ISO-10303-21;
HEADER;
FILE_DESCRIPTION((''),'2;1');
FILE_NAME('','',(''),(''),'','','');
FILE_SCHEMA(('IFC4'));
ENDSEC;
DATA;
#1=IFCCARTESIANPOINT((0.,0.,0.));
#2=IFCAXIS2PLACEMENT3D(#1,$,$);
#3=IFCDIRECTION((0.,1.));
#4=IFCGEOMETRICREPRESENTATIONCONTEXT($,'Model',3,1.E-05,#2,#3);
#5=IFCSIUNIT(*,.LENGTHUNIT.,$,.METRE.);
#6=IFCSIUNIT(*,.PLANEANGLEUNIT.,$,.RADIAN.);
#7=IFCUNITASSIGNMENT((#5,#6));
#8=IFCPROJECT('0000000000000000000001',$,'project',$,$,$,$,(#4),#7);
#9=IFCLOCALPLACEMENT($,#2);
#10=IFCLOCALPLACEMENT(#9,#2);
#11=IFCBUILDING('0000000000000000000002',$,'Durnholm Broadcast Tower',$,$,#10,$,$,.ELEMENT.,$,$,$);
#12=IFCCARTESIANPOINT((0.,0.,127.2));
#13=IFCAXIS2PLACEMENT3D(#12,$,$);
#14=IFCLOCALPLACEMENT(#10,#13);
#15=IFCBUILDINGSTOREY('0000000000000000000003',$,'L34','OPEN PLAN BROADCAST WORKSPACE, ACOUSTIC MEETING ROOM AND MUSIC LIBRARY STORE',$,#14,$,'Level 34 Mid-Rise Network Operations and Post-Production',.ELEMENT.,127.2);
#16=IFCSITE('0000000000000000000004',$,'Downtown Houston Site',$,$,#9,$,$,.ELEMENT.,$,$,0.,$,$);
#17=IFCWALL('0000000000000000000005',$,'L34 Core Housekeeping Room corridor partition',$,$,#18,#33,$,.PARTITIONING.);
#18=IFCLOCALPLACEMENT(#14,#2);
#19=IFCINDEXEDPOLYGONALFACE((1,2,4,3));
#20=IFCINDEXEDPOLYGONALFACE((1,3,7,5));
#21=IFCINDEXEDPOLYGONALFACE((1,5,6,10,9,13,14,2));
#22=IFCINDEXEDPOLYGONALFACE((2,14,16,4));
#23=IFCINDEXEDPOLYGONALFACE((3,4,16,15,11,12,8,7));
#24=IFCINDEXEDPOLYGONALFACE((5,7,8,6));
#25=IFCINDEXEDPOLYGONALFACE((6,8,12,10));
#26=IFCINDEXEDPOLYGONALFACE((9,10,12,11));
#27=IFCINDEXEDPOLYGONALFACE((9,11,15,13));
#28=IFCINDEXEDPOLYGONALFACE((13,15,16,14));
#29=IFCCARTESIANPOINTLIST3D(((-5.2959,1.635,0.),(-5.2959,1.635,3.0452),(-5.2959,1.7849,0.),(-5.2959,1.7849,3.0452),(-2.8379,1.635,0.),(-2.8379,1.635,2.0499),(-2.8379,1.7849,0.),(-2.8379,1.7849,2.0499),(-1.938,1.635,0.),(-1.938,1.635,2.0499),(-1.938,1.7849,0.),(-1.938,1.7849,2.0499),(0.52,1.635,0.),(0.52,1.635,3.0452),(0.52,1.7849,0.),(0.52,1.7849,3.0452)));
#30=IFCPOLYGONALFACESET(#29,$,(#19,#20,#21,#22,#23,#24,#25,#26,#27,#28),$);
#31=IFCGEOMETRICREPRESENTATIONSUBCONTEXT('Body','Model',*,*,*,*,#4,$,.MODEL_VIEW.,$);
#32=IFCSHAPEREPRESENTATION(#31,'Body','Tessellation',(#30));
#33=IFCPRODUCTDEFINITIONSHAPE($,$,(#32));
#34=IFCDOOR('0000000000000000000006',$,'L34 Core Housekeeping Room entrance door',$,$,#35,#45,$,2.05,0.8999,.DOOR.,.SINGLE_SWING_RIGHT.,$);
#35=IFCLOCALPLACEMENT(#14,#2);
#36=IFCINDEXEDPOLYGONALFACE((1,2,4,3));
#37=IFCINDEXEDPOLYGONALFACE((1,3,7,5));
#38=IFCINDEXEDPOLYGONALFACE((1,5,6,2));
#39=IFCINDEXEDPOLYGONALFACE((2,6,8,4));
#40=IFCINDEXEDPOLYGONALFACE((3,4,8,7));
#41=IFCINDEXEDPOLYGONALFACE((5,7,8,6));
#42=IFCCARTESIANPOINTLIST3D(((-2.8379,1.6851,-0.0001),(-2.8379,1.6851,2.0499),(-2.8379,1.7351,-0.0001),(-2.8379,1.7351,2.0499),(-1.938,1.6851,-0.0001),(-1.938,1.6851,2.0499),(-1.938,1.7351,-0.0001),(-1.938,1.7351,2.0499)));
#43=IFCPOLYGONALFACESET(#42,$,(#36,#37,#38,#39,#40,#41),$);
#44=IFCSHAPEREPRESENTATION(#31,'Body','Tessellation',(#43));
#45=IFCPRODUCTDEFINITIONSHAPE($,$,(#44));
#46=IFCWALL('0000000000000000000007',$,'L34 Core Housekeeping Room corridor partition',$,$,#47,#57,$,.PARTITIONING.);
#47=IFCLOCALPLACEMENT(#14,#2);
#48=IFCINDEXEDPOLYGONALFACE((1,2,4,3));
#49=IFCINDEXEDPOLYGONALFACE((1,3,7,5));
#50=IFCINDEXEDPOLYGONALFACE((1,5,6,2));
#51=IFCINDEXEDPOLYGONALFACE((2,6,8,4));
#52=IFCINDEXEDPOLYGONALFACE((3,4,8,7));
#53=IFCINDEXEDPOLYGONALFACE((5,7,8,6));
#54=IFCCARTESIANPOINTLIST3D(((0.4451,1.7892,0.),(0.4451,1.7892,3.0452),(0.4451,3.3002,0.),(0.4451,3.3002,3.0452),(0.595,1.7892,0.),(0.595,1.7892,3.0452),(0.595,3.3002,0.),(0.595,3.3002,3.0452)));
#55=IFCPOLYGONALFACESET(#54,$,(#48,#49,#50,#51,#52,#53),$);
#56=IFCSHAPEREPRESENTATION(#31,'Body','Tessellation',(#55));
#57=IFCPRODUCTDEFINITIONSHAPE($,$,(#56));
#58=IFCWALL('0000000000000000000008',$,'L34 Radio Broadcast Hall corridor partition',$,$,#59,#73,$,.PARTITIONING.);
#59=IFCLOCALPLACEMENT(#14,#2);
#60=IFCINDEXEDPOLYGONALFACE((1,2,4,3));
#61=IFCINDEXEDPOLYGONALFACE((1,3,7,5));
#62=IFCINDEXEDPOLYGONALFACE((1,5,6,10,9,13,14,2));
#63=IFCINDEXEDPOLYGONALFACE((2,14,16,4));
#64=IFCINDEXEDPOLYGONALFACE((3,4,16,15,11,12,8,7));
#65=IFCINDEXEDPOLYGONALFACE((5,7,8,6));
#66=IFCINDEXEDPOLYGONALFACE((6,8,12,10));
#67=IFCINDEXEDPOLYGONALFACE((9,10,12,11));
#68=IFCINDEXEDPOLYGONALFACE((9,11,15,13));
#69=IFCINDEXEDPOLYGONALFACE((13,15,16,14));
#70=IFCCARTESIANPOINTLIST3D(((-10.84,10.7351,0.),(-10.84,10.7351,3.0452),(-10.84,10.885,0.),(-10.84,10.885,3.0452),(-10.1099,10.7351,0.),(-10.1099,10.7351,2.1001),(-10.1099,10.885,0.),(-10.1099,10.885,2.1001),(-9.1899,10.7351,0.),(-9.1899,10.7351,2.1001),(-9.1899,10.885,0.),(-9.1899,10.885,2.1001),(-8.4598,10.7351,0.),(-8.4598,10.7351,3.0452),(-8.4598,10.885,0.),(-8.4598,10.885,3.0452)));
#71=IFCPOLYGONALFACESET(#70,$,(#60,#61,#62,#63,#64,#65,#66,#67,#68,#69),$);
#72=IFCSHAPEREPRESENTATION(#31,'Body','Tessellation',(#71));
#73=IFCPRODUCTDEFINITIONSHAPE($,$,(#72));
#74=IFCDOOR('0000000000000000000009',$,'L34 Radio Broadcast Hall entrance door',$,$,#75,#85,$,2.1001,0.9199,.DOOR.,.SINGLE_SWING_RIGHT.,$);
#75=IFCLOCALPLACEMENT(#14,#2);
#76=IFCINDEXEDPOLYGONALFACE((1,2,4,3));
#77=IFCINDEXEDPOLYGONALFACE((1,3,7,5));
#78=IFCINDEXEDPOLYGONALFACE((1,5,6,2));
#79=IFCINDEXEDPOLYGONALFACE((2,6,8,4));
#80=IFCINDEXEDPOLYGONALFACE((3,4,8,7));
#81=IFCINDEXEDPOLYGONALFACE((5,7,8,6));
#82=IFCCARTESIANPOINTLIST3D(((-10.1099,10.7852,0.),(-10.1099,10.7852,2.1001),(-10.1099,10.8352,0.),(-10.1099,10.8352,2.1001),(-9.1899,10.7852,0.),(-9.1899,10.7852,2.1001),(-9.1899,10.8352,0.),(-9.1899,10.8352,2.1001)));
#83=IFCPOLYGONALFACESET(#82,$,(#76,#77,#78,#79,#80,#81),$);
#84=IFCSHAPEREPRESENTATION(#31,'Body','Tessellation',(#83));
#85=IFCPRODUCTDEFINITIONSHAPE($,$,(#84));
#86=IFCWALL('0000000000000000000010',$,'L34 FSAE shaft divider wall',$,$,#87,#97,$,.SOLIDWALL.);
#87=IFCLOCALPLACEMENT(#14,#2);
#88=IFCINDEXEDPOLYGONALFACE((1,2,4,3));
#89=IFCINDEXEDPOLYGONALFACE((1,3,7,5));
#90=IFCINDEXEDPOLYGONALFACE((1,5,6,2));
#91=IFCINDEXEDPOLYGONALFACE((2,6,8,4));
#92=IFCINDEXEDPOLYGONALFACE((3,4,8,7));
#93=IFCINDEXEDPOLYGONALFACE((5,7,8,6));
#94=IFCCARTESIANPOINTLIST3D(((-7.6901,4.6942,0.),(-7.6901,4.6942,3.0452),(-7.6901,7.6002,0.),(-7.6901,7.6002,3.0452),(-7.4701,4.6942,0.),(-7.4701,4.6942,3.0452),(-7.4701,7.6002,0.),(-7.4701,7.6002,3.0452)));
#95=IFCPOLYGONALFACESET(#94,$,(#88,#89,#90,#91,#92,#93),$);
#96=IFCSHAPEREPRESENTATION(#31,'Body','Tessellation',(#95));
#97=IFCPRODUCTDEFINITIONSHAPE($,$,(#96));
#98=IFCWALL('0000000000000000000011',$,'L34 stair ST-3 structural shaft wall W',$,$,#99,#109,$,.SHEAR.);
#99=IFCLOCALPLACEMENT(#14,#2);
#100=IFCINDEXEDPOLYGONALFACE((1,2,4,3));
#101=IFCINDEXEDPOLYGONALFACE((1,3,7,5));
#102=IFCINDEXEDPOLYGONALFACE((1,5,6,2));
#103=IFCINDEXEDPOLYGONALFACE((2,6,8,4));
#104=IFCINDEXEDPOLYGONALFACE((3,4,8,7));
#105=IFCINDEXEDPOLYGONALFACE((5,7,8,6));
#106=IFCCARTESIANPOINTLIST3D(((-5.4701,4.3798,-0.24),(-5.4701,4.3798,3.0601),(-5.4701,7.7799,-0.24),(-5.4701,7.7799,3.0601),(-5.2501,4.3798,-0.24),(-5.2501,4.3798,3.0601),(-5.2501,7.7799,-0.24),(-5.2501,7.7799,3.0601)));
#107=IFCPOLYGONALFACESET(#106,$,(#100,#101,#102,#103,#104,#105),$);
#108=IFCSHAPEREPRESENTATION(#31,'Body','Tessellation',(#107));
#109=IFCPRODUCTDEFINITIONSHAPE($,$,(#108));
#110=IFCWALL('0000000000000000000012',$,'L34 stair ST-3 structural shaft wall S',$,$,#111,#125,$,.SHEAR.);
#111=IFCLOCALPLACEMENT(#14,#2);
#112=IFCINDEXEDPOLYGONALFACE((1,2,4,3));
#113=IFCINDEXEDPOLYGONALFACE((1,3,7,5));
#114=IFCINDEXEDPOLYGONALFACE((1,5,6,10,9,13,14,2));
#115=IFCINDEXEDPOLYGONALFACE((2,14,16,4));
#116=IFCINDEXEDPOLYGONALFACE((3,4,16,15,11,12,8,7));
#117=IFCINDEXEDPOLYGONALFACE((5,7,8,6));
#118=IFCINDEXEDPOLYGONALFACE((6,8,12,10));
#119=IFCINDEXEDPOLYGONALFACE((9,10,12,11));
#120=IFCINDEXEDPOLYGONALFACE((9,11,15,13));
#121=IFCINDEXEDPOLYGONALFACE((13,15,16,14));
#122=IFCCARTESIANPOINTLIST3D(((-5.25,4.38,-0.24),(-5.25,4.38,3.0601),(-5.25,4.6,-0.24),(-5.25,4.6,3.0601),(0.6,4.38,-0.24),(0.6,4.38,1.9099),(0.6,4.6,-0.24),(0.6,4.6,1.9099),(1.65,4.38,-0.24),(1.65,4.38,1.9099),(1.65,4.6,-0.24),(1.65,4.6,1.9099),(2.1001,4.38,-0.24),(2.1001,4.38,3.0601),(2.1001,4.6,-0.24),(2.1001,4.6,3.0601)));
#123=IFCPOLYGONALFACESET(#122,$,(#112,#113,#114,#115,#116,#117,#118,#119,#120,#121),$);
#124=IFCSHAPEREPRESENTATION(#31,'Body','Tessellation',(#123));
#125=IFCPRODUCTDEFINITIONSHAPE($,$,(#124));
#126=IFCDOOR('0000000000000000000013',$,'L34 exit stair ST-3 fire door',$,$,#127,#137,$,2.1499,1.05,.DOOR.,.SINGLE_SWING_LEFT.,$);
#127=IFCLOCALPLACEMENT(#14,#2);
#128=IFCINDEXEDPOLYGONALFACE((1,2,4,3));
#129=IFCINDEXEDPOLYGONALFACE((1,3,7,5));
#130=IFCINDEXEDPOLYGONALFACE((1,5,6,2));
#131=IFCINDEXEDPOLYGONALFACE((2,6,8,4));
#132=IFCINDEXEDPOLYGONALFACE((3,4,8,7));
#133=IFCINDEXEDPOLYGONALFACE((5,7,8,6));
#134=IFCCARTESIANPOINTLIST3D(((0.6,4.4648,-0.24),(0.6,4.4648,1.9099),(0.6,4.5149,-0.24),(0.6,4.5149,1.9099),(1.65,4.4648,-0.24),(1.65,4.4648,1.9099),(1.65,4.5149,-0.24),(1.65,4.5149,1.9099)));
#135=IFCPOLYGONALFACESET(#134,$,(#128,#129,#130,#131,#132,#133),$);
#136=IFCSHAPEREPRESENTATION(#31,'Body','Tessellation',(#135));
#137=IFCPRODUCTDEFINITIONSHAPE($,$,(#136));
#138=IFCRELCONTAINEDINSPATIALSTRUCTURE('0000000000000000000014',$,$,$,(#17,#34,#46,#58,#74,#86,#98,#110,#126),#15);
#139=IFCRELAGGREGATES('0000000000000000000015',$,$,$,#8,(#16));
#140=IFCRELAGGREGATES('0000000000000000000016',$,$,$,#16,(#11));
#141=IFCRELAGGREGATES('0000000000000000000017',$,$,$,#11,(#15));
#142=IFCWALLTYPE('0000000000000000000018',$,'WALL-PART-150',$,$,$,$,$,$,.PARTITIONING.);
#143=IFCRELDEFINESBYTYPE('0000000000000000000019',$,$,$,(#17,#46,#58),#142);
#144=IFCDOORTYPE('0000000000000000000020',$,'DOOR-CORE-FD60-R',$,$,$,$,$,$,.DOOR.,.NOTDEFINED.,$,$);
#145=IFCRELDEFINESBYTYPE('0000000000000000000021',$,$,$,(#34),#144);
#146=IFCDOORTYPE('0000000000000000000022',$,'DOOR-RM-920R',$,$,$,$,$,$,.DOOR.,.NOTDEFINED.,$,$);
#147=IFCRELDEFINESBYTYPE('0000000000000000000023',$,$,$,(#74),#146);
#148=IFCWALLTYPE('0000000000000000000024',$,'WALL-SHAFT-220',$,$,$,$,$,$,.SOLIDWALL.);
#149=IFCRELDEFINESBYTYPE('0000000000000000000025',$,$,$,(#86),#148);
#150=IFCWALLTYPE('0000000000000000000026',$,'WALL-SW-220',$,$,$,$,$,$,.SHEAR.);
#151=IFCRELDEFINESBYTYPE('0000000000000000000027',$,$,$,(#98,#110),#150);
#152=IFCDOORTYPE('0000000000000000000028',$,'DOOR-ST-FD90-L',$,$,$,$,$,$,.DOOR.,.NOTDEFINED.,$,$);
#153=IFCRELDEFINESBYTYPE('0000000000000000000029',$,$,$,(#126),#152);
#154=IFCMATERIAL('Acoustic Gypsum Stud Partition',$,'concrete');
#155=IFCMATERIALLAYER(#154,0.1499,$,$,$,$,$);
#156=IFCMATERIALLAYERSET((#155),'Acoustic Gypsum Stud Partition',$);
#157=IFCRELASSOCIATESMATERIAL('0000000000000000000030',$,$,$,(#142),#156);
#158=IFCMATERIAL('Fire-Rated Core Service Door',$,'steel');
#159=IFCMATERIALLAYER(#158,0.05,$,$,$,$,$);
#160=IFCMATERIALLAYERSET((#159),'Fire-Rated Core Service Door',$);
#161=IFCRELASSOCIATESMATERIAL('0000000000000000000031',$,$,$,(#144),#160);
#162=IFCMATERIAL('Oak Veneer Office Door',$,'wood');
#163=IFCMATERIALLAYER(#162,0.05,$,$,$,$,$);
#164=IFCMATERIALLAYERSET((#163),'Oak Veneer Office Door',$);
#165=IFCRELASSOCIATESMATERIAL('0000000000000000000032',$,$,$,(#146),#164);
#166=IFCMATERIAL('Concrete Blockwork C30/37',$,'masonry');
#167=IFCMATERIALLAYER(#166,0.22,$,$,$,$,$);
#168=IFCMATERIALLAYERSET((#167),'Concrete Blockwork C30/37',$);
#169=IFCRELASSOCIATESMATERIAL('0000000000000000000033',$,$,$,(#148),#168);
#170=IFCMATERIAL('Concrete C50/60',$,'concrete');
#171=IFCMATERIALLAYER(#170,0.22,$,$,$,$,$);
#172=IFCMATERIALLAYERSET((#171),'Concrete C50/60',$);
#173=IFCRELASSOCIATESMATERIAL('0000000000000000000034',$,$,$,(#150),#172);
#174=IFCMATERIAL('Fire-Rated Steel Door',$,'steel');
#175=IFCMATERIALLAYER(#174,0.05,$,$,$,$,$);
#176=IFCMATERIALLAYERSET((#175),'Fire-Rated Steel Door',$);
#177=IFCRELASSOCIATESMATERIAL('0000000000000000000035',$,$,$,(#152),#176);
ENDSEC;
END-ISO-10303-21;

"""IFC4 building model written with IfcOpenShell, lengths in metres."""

from ifc_helpers import new_model, si_unit, direction, frame, frame_2d, origin, place, context, subcontext, project, spatial, rectangle, extrude, source, transform, mapped, material, layer, layer_set, type_object, type_shapes, element, fill, save


model = new_model("IFC4")

# Units and contexts
model_context = context("Model", 3, precision=1e-05, world=origin(), true_north=direction((0.0, 1.0)))
body_context = subcontext(model_context, "Body", "Model", "MODEL_VIEW")
ifc_project = project(units=[si_unit("LENGTHUNIT", "METRE"), si_unit("PLANEANGLEUNIT", "RADIAN")], contexts=[model_context])

# Site, building, storey
site_placement = place(None, origin())
site = spatial("IfcSite", under=ifc_project, at=site_placement, Name="Downtown Houston Site", CompositionType="ELEMENT", RefElevation=0.0)
building_placement = place(site_placement, origin())
building = spatial("IfcBuilding", under=site, at=building_placement, Name="Durnholm Broadcast Tower", CompositionType="ELEMENT")
storey_placement = place(building_placement, frame((0.0, 0.0, 127.2)))
storey = spatial("IfcBuildingStorey", under=building, at=storey_placement, Name="L34", Description="OPEN PLAN BROADCAST WORKSPACE, ACOUSTIC MEETING ROOM AND MUSIC LIBRARY STORE", LongName="Level 34 Mid-Rise Network Operations and Post-Production", CompositionType="ELEMENT", Elevation=127.2)

# Wall, opening, door
ifc_material_1 = material(Name="Acoustic Gypsum Stud Partition", Category="concrete")
ifc_layer_1 = layer(ifc_material_1, 0.1499)
ifc_layer_set_1 = layer_set([ifc_layer_1], Name="Acoustic Gypsum Stud Partition")
wall_type_1 = type_object("IfcWallType", Name="WALL-PART-150", PredefinedType="PARTITIONING", material=ifc_layer_set_1)
wall_1_placement = place(storey_placement, frame((0.52, 1.71, 0.0), z_axis=(0.0, 0.0, 1.0), x_axis=(-1.0, 0.0, 0.0)))
wall_1 = element("IfcWall", 1, at=wall_1_placement, inside=storey, type_object=wall_type_1, Name="L34 Core Housekeeping Room corridor partition", PredefinedType="PARTITIONING", context=body_context, shape_type="SweptSolid", body=[
    extrude(rectangle(XDim=5.8159, YDim=0.1499, at=frame_2d((2.908, 0.0))), origin(), (0.0, 0.0, 1.0), 3.0452),
])
opening_1_placement = place(wall_1_placement, frame((2.458, 0.0, 0.0)))
opening_1 = element("IfcOpeningElement", 2, at=opening_1_placement, cuts=wall_1, PredefinedType="OPENING", context=body_context, shape_type="SweptSolid", body=[
    extrude(rectangle(XDim=0.8999, YDim=2.05, at=frame_2d((0.45, 1.0249))), frame((0.0, 0.085, 0.0), z_axis=(0.0, -1.0, 0.0), x_axis=(1.0, 0.0, 0.0)), (0.0, 0.0, 1.0), 0.1699),
])
ifc_material_2 = material(Name="Fire-Rated Core Service Door", Category="steel")
ifc_layer_2 = layer(ifc_material_2, 0.05)
ifc_layer_set_2 = layer_set([ifc_layer_2], Name="Fire-Rated Core Service Door")
door_type_1 = type_object("IfcDoorType", Name="DOOR-CORE-FD60-R", OperationType="NOTDEFINED", PredefinedType="DOOR", material=ifc_layer_set_2)
shared_shape_1 = source(origin(), body_context, "Body", "SweptSolid", [
    extrude(rectangle(XDim=0.8999, YDim=2.05, at=frame_2d((0.45, 1.0249))), frame((0.0, 0.0249, 0.0), z_axis=(0.0, -1.0, 0.0), x_axis=(1.0, 0.0, 0.0)), (0.0, 0.0, 1.0), 0.05),
])
type_shapes(door_type_1, [shared_shape_1])
door_1_placement = place(opening_1_placement, origin())
door_1 = element("IfcDoor", 3, at=door_1_placement, inside=storey, type_object=door_type_1, Name="L34 Core Housekeeping Room entrance door", OperationType="SINGLE_SWING_RIGHT", OverallHeight=2.05, OverallWidth=0.8999, PredefinedType="DOOR", context=body_context, shape_type="MappedRepresentation", body=[
    mapped(shared_shape_1, transform((0.0, 0.0, 0.0), x_axis=(1.0, 0.0, 0.0), y_axis=(0.0, 1.0, 0.0), z_axis=(0.0, 0.0, 1.0), scale=1.0)),
])
fill(opening_1, door_1)

# Wall
wall_2_placement = place(storey_placement, frame((0.52, 3.3, 0.0), z_axis=(0.0, 0.0, 1.0), x_axis=(0.0, -1.0, 0.0)))
element("IfcWall", 4, at=wall_2_placement, inside=storey, type_object=wall_type_1, Name="L34 Core Housekeeping Room corridor partition", PredefinedType="PARTITIONING", context=body_context, shape_type="SweptSolid", body=[
    extrude(rectangle(XDim=1.511, YDim=0.1499, at=frame_2d((0.7554, 0.0))), origin(), (0.0, 0.0, 1.0), 3.0452),
])

# Wall, opening, door
wall_3_placement = place(storey_placement, frame((-8.46, 10.8101, 0.0), z_axis=(0.0, 0.0, 1.0), x_axis=(-1.0, 0.0, 0.0)))
wall_3 = element("IfcWall", 5, at=wall_3_placement, inside=storey, type_object=wall_type_1, Name="L34 Radio Broadcast Hall corridor partition", PredefinedType="PARTITIONING", context=body_context, shape_type="SweptSolid", body=[
    extrude(rectangle(XDim=2.3801, YDim=0.1499, at=frame_2d((1.1899, 0.0))), origin(), (0.0, 0.0, 1.0), 3.0452),
])
opening_2_placement = place(wall_3_placement, frame((0.73, 0.0, 0.0)))
opening_2 = element("IfcOpeningElement", 6, at=opening_2_placement, cuts=wall_3, PredefinedType="OPENING", context=body_context, shape_type="SweptSolid", body=[
    extrude(rectangle(XDim=0.9199, YDim=2.1001, at=frame_2d((0.46, 1.05))), frame((0.0, 0.085, 0.0), z_axis=(0.0, -1.0, 0.0), x_axis=(1.0, 0.0, 0.0)), (0.0, 0.0, 1.0), 0.1699),
])
ifc_material_3 = material(Name="Oak Veneer Office Door", Category="wood")
ifc_layer_3 = layer(ifc_material_3, 0.05)
ifc_layer_set_3 = layer_set([ifc_layer_3], Name="Oak Veneer Office Door")
door_type_2 = type_object("IfcDoorType", Name="DOOR-RM-920R", OperationType="NOTDEFINED", PredefinedType="DOOR", material=ifc_layer_set_3)
shared_shape_2 = source(origin(), body_context, "Body", "SweptSolid", [
    extrude(rectangle(XDim=0.9199, YDim=2.1001, at=frame_2d((0.46, 1.05))), frame((0.0, 0.0249, 0.0), z_axis=(0.0, -1.0, 0.0), x_axis=(1.0, 0.0, 0.0)), (0.0, 0.0, 1.0), 0.05),
])
type_shapes(door_type_2, [shared_shape_2])
door_2_placement = place(opening_2_placement, origin())
door_2 = element("IfcDoor", 7, at=door_2_placement, inside=storey, type_object=door_type_2, Name="L34 Radio Broadcast Hall entrance door", OperationType="SINGLE_SWING_RIGHT", OverallHeight=2.1001, OverallWidth=0.9199, PredefinedType="DOOR", context=body_context, shape_type="MappedRepresentation", body=[
    mapped(shared_shape_2, transform((0.0, 0.0, 0.0), x_axis=(1.0, 0.0, 0.0), y_axis=(0.0, 1.0, 0.0), z_axis=(0.0, 0.0, 1.0), scale=1.0)),
])
fill(opening_2, door_2)

# Shared definitions
ifc_material_4 = material(Name="Concrete Blockwork C30/37", Category="masonry")
ifc_layer_4 = layer(ifc_material_4, 0.22)
ifc_layer_set_4 = layer_set([ifc_layer_4], Name="Concrete Blockwork C30/37")
wall_type_2 = type_object("IfcWallType", Name="WALL-SHAFT-220", PredefinedType="SOLIDWALL", material=ifc_layer_set_4)

# Walls
wall_4_placement = place(storey_placement, frame((-7.5801, 4.6941, 0.0), z_axis=(0.0, 0.0, 1.0), x_axis=(0.0, 1.0, 0.0)))
element("IfcWall", 8, at=wall_4_placement, inside=storey, type_object=wall_type_2, Name="L34 FSAE shaft divider wall", PredefinedType="SOLIDWALL", context=body_context, shape_type="SweptSolid", body=[
    extrude(rectangle(XDim=2.906, YDim=0.22, at=frame_2d((1.4531, 0.0))), origin(), (0.0, 0.0, 1.0), 3.0452),
])
ifc_material_5 = material(Name="Concrete C50/60", Category="concrete")
ifc_layer_5 = layer(ifc_material_5, 0.22)
ifc_layer_set_5 = layer_set([ifc_layer_5], Name="Concrete C50/60")
wall_type_3 = type_object("IfcWallType", Name="WALL-SW-220", PredefinedType="SHEAR", material=ifc_layer_set_5)
wall_5_placement = place(storey_placement, frame((-5.3601, 7.78, -0.24), z_axis=(0.0, 0.0, 1.0), x_axis=(0.0, -1.0, 0.0)))
element("IfcWall", 9, at=wall_5_placement, inside=storey, type_object=wall_type_3, Name="L34 stair ST-3 structural shaft wall W", PredefinedType="SHEAR", context=body_context, shape_type="SweptSolid", body=[
    extrude(rectangle(XDim=3.4001, YDim=0.22, at=frame_2d((1.7002, 0.0))), origin(), (0.0, 0.0, 1.0), 3.3),
])

# Wall, opening, door
wall_6_placement = place(storey_placement, frame((-5.25, 4.49, -0.24), z_axis=(0.0, 0.0, 1.0), x_axis=(1.0, 0.0, 0.0)))
wall_6 = element("IfcWall", 10, at=wall_6_placement, inside=storey, type_object=wall_type_3, Name="L34 stair ST-3 structural shaft wall S", PredefinedType="SHEAR", context=body_context, shape_type="SweptSolid", body=[
    extrude(rectangle(XDim=7.3501, YDim=0.22, at=frame_2d((3.675, 0.0))), origin(), (0.0, 0.0, 1.0), 3.3),
])
opening_3_placement = place(wall_6_placement, frame((5.8501, 0.0, 0.0)))
opening_3 = element("IfcOpeningElement", 11, at=opening_3_placement, cuts=wall_6, PredefinedType="OPENING", context=body_context, shape_type="SweptSolid", body=[
    extrude(rectangle(XDim=1.05, YDim=2.1499, at=frame_2d((0.5249, 1.075))), frame((0.0, 0.1201, 0.0), z_axis=(0.0, -1.0, 0.0), x_axis=(1.0, 0.0, 0.0)), (0.0, 0.0, 1.0), 0.24),
])
ifc_material_6 = material(Name="Fire-Rated Steel Door", Category="steel")
ifc_layer_6 = layer(ifc_material_6, 0.05)
ifc_layer_set_6 = layer_set([ifc_layer_6], Name="Fire-Rated Steel Door")
door_type_3 = type_object("IfcDoorType", Name="DOOR-ST-FD90-L", OperationType="NOTDEFINED", PredefinedType="DOOR", material=ifc_layer_set_6)
shared_shape_3 = source(origin(), body_context, "Body", "SweptSolid", [
    extrude(rectangle(XDim=1.05, YDim=2.1499, at=frame_2d((0.5249, 1.075))), frame((0.0, 0.0249, 0.0), z_axis=(0.0, -1.0, 0.0), x_axis=(1.0, 0.0, 0.0)), (0.0, 0.0, 1.0), 0.05),
])
type_shapes(door_type_3, [shared_shape_3])
door_3_placement = place(opening_3_placement, origin())
door_3 = element("IfcDoor", 12, at=door_3_placement, inside=storey, type_object=door_type_3, Name="L34 exit stair ST-3 fire door", OperationType="SINGLE_SWING_LEFT", OverallHeight=2.1499, OverallWidth=1.05, PredefinedType="DOOR", context=body_context, shape_type="MappedRepresentation", body=[
    mapped(shared_shape_3, transform((0.0, 0.0, 0.0), x_axis=(1.0, 0.0, 0.0), y_axis=(0.0, 1.0, 0.0), z_axis=(0.0, 0.0, 1.0), scale=1.0)),
])
fill(opening_3, door_3)

save(model, "model.ifc")
